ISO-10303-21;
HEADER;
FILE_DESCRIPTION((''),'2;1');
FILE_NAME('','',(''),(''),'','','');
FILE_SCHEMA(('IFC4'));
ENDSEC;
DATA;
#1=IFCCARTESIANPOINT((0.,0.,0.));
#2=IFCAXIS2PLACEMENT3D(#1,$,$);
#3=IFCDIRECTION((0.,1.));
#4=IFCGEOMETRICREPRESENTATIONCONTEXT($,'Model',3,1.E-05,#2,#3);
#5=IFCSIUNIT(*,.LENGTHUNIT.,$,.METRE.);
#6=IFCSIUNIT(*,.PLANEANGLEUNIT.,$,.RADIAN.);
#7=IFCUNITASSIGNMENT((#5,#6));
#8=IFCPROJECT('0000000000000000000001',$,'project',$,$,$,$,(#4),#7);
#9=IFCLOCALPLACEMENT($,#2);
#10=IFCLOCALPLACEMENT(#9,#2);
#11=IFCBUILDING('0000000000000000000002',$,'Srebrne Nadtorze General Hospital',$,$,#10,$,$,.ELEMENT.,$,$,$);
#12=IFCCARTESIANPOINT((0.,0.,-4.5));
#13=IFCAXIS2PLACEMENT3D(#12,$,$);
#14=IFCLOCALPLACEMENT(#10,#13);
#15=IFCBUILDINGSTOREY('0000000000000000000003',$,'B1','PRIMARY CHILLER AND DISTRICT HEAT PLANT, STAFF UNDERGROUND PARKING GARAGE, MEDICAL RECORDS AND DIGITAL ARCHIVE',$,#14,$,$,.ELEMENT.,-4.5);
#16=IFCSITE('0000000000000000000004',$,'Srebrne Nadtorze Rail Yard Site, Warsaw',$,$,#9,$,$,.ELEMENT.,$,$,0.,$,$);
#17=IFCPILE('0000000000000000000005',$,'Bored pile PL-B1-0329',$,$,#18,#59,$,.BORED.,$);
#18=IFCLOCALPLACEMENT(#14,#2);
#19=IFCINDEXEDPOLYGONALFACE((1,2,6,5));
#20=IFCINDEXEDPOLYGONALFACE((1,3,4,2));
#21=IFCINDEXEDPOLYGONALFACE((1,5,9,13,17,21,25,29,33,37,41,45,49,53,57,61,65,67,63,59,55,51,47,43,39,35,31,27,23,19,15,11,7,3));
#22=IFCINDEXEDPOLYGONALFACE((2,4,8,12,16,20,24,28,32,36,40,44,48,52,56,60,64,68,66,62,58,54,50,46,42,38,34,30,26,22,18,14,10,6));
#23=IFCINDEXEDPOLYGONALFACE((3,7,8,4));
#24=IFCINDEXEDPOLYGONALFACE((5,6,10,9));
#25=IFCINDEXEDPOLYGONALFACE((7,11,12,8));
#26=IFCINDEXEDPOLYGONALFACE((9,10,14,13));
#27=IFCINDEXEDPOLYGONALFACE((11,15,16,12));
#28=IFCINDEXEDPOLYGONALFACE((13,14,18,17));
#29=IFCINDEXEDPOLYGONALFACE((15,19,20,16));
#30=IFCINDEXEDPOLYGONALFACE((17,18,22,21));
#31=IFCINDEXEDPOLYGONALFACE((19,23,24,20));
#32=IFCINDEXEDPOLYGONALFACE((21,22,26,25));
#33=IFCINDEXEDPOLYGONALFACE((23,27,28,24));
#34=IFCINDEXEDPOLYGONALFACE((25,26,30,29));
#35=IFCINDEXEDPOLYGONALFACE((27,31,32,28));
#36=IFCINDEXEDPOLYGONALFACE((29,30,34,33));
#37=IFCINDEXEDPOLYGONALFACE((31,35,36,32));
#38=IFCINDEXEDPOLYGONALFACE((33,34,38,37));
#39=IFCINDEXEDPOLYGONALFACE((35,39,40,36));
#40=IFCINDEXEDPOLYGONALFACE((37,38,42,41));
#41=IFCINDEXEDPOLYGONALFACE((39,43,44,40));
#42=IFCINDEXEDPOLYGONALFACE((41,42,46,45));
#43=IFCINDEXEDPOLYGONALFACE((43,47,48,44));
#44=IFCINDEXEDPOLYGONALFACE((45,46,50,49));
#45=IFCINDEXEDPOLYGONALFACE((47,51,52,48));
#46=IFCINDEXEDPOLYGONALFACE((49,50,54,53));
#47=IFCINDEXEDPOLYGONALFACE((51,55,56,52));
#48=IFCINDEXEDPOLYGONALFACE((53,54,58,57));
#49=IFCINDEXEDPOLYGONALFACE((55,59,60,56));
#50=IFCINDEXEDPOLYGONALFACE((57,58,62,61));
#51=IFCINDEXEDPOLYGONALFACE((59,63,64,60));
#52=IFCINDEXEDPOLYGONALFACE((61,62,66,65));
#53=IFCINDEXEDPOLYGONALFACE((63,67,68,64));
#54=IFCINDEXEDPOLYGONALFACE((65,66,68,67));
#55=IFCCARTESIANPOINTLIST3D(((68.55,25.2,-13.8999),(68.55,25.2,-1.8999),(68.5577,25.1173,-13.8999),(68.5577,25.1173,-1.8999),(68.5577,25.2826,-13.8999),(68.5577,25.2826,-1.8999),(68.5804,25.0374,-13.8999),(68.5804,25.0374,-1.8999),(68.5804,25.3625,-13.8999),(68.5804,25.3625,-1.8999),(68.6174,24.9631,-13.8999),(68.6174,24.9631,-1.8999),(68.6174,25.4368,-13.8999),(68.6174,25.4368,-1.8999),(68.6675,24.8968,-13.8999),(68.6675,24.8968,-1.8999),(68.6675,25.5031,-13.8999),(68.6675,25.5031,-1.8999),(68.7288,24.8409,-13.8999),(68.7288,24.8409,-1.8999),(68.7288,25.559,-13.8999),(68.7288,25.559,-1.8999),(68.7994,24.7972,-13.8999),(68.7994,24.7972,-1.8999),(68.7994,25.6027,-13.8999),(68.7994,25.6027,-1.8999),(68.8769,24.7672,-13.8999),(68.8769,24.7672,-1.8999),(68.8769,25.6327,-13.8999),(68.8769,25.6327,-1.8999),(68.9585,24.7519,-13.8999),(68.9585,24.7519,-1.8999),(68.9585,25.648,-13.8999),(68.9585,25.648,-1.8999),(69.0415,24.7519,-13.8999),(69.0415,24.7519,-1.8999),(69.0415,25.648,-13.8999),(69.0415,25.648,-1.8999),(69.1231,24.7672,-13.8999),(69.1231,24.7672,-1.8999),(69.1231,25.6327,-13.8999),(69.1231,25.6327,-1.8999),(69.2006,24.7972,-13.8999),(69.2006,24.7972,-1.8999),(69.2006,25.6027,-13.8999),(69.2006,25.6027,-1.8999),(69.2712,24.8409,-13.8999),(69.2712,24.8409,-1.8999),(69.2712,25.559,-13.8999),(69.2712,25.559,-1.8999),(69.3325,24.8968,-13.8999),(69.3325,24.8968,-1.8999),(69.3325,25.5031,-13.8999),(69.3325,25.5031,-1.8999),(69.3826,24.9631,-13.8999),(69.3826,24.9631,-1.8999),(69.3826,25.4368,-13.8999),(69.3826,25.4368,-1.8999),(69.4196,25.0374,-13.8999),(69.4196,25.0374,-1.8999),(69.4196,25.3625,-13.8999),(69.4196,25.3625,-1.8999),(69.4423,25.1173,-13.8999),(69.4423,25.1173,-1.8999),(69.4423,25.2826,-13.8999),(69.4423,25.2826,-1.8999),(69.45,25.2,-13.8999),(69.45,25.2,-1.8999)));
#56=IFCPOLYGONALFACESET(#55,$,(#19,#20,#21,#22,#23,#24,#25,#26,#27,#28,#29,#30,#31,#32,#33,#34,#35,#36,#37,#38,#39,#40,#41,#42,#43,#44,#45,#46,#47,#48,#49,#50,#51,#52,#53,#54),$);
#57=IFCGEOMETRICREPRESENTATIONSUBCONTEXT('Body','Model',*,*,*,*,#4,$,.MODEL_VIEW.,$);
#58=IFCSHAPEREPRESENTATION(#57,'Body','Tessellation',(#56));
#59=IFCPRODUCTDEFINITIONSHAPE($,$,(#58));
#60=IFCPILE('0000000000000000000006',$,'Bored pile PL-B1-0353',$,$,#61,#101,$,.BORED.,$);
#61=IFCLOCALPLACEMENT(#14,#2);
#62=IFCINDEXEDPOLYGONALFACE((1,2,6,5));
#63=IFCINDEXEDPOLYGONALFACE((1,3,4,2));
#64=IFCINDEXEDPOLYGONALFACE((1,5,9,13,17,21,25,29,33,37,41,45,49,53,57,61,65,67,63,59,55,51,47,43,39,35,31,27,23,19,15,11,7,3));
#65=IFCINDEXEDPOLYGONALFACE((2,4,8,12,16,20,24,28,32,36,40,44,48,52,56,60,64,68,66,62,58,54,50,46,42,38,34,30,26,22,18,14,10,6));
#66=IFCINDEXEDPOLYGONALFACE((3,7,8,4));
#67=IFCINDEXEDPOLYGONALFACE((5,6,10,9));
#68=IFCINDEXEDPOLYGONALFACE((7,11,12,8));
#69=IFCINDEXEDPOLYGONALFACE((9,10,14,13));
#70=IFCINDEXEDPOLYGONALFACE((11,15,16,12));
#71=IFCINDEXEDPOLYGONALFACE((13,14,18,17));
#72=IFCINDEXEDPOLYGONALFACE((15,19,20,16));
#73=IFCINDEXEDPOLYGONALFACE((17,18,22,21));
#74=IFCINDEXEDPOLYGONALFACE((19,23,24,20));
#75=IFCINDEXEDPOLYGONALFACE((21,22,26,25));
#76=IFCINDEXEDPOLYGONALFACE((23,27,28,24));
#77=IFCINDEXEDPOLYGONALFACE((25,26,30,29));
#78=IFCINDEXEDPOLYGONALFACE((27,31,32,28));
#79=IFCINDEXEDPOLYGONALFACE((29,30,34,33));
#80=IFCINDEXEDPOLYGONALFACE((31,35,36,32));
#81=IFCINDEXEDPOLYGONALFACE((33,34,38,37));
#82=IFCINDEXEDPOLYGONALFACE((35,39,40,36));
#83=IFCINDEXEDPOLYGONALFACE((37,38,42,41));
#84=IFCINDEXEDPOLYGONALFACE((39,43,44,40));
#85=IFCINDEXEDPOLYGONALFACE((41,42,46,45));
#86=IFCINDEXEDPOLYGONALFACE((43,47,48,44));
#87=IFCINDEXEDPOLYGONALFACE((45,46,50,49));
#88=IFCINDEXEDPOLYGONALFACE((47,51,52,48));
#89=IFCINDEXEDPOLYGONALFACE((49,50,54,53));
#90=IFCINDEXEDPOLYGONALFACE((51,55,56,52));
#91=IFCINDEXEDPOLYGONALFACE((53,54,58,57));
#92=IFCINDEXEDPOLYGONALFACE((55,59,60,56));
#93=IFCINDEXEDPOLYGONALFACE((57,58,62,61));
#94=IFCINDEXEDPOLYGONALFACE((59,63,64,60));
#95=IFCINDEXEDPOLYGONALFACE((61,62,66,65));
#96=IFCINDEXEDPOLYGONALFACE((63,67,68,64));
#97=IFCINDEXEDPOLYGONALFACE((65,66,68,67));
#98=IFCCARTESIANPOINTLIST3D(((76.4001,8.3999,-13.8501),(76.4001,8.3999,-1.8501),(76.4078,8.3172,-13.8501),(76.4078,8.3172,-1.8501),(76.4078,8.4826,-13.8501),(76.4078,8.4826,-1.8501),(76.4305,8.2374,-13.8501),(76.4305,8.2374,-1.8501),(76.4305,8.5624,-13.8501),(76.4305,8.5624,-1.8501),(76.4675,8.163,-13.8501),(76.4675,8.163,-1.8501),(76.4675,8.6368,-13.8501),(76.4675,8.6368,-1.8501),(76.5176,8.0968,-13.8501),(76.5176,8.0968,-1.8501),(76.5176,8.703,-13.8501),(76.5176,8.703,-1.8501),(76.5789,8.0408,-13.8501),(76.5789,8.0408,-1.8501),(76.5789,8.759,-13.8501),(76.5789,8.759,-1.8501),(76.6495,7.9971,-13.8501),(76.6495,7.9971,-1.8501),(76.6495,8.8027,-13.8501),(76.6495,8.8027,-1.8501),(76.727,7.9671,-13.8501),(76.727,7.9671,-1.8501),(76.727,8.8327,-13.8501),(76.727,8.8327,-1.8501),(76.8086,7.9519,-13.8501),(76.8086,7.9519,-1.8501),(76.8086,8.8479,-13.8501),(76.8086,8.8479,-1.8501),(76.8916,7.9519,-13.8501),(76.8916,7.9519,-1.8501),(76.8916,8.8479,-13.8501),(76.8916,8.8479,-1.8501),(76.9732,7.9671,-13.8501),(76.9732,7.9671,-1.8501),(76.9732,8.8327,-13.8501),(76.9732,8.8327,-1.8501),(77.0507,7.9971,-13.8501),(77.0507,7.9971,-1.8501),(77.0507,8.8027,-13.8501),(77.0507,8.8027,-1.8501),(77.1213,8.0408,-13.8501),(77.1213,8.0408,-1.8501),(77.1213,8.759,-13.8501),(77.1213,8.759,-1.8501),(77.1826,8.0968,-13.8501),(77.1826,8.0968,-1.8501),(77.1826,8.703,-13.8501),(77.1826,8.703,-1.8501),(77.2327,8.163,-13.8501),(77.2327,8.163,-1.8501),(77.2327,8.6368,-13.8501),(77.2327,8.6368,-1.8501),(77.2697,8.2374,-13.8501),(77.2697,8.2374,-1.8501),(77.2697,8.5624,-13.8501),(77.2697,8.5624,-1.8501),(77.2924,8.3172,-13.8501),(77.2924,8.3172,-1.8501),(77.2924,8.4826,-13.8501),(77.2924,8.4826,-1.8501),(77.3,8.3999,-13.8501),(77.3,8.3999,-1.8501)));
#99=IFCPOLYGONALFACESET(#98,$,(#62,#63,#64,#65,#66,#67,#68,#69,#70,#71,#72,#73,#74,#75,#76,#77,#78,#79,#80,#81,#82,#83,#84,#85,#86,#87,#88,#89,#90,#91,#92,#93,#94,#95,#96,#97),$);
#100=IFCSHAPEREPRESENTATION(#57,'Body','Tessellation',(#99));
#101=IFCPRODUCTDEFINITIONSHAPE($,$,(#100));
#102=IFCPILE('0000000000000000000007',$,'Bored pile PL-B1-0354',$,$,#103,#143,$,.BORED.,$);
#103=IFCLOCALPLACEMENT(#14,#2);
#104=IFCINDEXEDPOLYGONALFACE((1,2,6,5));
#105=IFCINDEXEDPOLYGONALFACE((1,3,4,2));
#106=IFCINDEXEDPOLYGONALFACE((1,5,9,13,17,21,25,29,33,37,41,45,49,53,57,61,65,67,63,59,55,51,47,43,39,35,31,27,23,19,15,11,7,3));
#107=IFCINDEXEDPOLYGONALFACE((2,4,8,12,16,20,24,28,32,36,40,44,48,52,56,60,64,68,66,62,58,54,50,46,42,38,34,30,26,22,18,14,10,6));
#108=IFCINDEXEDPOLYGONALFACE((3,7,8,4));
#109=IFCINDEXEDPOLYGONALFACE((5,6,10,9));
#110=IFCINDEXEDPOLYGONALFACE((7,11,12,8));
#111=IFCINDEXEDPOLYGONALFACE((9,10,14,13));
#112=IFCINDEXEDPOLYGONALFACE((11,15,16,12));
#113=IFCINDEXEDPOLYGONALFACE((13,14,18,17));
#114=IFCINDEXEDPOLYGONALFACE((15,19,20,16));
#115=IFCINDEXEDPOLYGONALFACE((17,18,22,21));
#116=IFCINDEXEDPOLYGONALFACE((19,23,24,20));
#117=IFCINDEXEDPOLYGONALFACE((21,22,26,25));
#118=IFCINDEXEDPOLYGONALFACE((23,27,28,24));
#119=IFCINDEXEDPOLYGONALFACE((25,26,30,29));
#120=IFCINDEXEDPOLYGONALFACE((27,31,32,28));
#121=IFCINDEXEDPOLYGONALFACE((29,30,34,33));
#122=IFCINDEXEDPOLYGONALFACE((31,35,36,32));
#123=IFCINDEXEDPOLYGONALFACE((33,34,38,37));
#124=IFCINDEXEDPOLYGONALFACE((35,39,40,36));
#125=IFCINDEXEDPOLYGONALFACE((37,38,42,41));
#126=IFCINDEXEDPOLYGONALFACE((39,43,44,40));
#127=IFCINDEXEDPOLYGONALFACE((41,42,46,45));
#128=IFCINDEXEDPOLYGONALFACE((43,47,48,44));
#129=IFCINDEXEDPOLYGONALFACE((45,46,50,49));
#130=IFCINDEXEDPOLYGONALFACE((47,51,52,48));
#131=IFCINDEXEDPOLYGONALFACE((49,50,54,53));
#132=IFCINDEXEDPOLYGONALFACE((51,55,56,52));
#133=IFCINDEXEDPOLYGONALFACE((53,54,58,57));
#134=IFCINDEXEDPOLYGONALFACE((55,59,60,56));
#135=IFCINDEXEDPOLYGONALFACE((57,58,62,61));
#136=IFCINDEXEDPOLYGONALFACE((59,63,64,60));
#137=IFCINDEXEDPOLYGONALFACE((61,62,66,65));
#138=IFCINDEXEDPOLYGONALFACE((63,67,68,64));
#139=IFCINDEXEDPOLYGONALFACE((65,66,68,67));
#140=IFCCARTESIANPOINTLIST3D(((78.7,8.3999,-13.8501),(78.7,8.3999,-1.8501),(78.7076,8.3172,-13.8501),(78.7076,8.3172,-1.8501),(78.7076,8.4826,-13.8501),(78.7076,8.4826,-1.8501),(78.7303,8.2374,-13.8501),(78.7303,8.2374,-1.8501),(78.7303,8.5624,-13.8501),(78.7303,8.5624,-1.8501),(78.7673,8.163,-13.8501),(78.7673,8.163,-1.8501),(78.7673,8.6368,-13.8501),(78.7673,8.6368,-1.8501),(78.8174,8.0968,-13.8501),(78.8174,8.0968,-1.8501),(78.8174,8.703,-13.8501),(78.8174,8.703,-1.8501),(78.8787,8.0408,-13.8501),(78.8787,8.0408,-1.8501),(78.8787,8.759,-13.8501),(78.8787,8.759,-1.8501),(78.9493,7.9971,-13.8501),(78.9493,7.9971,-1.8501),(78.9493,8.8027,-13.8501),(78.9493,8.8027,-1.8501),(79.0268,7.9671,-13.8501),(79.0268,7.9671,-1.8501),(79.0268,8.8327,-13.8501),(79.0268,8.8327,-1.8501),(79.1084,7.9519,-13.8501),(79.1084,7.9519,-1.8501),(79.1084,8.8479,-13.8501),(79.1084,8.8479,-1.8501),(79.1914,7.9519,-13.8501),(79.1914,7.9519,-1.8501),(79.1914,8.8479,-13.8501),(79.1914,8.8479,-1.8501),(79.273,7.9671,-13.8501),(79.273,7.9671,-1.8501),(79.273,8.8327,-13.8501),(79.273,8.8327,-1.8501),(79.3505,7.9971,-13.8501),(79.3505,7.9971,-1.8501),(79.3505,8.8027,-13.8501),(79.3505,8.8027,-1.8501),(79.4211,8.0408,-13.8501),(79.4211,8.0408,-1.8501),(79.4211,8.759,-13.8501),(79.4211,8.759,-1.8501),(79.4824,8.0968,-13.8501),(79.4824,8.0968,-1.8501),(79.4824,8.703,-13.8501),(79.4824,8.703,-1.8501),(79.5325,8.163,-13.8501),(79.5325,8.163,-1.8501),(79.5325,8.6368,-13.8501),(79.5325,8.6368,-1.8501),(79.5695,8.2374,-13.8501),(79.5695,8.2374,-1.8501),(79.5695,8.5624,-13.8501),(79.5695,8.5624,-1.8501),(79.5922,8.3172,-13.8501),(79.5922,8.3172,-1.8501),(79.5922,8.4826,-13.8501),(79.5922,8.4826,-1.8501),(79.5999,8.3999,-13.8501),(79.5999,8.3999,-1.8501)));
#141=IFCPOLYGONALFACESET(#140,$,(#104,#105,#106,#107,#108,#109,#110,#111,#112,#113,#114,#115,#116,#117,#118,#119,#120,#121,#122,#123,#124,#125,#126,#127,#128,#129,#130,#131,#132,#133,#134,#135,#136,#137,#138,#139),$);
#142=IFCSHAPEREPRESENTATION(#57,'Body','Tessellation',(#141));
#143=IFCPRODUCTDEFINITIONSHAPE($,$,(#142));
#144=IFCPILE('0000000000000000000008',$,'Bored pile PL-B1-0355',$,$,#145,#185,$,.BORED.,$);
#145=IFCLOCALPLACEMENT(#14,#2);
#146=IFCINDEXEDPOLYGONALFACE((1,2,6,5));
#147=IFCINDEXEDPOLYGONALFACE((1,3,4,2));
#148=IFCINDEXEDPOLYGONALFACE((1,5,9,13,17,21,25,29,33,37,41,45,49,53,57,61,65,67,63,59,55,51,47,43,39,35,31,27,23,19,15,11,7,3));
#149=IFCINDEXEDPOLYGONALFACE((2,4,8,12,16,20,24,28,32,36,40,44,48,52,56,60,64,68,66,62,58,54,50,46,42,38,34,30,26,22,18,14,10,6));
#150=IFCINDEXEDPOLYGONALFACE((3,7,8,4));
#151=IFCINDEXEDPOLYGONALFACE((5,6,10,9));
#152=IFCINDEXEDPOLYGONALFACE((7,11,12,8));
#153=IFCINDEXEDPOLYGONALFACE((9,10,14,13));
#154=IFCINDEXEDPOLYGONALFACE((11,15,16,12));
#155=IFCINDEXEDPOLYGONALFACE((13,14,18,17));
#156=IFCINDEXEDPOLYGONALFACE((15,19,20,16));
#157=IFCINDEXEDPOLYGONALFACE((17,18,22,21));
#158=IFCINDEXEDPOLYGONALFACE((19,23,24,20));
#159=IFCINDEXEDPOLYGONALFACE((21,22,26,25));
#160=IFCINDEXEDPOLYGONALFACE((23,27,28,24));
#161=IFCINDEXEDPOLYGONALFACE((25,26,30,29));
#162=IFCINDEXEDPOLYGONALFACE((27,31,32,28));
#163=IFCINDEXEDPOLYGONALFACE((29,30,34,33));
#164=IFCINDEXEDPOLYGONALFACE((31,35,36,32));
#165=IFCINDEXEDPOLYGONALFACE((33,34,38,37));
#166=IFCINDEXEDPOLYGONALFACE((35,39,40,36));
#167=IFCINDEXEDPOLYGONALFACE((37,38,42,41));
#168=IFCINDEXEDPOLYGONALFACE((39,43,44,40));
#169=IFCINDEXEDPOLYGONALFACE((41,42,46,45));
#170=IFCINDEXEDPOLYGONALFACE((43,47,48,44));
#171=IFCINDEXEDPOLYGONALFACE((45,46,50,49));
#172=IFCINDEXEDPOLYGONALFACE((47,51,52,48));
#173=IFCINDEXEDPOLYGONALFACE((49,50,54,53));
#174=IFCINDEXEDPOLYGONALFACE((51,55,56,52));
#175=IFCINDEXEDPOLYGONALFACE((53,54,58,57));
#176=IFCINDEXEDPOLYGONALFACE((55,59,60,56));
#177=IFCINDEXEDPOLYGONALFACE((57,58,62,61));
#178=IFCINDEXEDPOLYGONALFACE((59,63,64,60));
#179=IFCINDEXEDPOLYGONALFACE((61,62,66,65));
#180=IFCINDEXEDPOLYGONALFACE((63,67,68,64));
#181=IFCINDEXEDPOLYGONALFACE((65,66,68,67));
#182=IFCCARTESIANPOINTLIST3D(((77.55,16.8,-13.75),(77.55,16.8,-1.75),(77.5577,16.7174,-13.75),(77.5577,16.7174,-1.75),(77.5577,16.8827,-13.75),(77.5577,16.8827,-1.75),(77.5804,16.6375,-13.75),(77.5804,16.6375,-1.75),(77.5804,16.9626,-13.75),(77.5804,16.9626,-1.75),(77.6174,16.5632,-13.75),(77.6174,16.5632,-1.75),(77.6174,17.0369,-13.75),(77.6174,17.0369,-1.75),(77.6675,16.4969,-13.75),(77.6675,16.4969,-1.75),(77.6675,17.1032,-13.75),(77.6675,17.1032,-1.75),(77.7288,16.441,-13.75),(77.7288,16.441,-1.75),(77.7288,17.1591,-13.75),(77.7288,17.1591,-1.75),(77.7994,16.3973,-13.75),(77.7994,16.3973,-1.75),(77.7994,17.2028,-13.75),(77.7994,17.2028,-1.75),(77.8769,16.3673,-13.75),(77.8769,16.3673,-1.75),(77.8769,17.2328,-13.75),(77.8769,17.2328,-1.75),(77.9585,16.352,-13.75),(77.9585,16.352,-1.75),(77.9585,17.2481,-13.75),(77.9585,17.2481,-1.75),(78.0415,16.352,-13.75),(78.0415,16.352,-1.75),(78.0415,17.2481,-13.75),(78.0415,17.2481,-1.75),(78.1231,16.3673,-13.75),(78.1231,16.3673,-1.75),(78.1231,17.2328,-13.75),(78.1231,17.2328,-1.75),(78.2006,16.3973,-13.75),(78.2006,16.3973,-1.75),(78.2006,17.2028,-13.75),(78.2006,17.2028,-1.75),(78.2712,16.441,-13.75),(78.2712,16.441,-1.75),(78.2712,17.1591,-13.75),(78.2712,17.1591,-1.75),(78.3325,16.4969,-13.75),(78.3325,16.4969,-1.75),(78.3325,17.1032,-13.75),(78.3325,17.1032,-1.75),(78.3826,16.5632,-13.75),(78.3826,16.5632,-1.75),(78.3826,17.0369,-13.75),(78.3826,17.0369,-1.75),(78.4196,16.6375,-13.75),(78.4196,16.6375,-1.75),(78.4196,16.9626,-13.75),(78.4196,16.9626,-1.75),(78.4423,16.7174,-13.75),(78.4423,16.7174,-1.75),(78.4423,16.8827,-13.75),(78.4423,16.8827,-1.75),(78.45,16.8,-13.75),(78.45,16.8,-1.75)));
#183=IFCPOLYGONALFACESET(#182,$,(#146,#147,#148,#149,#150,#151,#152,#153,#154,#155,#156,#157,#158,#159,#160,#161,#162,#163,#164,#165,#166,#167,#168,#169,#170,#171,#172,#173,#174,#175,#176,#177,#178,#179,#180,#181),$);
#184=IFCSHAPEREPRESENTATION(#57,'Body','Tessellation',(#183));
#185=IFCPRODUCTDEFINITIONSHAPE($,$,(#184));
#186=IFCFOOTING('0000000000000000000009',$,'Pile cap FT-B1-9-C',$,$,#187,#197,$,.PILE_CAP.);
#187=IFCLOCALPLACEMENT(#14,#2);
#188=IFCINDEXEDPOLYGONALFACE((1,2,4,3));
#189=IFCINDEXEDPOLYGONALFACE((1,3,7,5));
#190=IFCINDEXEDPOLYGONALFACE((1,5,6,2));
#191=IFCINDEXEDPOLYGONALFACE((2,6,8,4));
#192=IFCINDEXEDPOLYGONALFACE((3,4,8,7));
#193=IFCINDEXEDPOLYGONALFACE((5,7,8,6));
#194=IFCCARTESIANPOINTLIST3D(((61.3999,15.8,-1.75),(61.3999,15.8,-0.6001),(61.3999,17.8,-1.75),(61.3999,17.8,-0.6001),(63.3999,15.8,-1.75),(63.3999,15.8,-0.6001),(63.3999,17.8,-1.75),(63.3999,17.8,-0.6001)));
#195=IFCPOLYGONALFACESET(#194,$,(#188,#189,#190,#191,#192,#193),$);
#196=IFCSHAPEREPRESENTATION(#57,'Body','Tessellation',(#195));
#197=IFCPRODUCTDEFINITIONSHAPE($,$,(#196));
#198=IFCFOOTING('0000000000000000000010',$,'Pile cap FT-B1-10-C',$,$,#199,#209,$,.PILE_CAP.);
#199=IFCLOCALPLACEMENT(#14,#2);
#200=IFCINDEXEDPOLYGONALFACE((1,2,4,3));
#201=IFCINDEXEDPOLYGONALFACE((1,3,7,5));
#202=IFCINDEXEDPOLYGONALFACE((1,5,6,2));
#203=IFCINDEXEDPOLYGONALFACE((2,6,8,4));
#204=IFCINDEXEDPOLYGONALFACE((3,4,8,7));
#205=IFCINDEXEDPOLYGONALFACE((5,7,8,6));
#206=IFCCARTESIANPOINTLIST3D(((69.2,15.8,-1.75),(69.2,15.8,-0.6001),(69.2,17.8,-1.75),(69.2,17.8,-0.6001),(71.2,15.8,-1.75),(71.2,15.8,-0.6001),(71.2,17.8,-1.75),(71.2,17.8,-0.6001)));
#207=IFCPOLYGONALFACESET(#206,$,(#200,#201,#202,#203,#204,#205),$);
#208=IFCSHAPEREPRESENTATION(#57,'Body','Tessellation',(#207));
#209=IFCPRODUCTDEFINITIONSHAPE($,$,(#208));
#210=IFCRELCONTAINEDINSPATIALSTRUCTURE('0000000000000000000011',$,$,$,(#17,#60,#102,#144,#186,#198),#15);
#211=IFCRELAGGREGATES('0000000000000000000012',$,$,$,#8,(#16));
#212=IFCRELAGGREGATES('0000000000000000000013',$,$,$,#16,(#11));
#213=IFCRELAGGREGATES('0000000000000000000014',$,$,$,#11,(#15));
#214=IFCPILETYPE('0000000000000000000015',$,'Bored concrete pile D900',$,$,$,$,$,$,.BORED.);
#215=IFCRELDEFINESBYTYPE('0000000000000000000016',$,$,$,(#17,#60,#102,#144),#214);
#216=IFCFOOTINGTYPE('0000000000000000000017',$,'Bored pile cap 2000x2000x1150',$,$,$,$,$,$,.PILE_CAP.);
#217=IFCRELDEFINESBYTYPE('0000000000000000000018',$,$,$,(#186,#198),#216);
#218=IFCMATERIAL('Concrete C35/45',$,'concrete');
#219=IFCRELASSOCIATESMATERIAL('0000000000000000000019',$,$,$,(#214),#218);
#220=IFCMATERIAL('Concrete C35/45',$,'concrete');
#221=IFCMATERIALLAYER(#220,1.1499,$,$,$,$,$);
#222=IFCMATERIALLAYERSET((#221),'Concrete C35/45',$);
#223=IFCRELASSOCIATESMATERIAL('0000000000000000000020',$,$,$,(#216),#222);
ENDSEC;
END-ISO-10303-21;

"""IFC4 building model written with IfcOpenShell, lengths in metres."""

from ifc_helpers import new_model, si_unit, direction, frame, origin, origin_2d, place, context, subcontext, project, spatial, rectangle, circle, extrude, material, layer, layer_set, material_profile, profile_set, type_object, element, save


model = new_model("IFC4")

# Units and contexts
model_context = context("Model", 3, precision=1e-05, world=origin(), true_north=direction((0.0, 1.0)))
body_context = subcontext(model_context, "Body", "Model", "MODEL_VIEW")
ifc_project = project(units=[si_unit("LENGTHUNIT", "METRE"), si_unit("PLANEANGLEUNIT", "RADIAN")], contexts=[model_context])

# Site, building, storey
site_placement = place(None, origin())
site = spatial("IfcSite", under=ifc_project, at=site_placement, Name="Srebrne Nadtorze Rail Yard Site, Warsaw", CompositionType="ELEMENT", RefElevation=0.0)
building_placement = place(site_placement, origin())
building = spatial("IfcBuilding", under=site, at=building_placement, Name="Srebrne Nadtorze General Hospital", CompositionType="ELEMENT")
storey_placement = place(building_placement, frame((0.0, 0.0, -4.5)))
storey = spatial("IfcBuildingStorey", under=building, at=storey_placement, Name="B1", Description="PRIMARY CHILLER AND DISTRICT HEAT PLANT, STAFF UNDERGROUND PARKING GARAGE, MEDICAL RECORDS AND DIGITAL ARCHIVE", CompositionType="ELEMENT", Elevation=-4.5)

# Piles
ifc_material_1 = material(Name="Concrete C35/45", Category="concrete")
ifc_material_profile_1 = material_profile(ifc_material_1, circle(Radius=0.45, at=origin_2d()), Name="PILE-D900")
ifc_profile_set_1 = profile_set([ifc_material_profile_1], Name="Concrete C35/45")
pile_type = type_object("IfcPileType", Name="Bored concrete pile D900", PredefinedType="BORED", material=ifc_profile_set_1)
for number, where, z_axis, x_axis, name in (
    (1, (69.0, 25.2, -1.8999), (0.0, 0.0, -1.0), (1.0, 0.0, 0.0), "Bored pile PL-B1-0329"),
    (2, (76.8501, 8.3999, -1.8501), (0.0, 0.0, -1.0), (1.0, 0.0, 0.0), "Bored pile PL-B1-0353"),
    (3, (79.1499, 8.3999, -1.8501), (0.0, 0.0, -1.0), (1.0, 0.0, 0.0), "Bored pile PL-B1-0354"),
    (4, (78.0, 16.8, -1.75), (0.0, 0.0, -1.0), (1.0, 0.0, 0.0), "Bored pile PL-B1-0355"),
):
    element("IfcPile", number, at=place(storey_placement, frame(where, z_axis=z_axis, x_axis=x_axis)), inside=storey, type_object=pile_type, Name=name, PredefinedType="BORED", context=body_context, shape_type="SweptSolid", body=[
        extrude(circle(Radius=0.45, at=origin_2d()), origin(), (0.0, 0.0, 1.0), 12.0),
    ])

# Footings
ifc_material_2 = material(Name="Concrete C35/45", Category="concrete")
ifc_layer_1 = layer(ifc_material_2, 1.1499)
ifc_layer_set_1 = layer_set([ifc_layer_1], Name="Concrete C35/45")
footing_type_1 = type_object("IfcFootingType", Name="Bored pile cap 2000x2000x1150", PredefinedType="PILE_CAP", material=ifc_layer_set_1)
for number, where, z_axis, x_axis, name in (
    (5, (62.3999, 16.8, -1.75), (0.0, 0.0, 1.0), (1.0, 0.0, 0.0), "Pile cap FT-B1-9-C"),
    (6, (70.2, 16.8, -1.75), (0.0, 0.0, 1.0), (1.0, 0.0, 0.0), "Pile cap FT-B1-10-C"),
):
    element("IfcFooting", number, at=place(storey_placement, frame(where, z_axis=z_axis, x_axis=x_axis)), inside=storey, type_object=footing_type_1, Name=name, PredefinedType="PILE_CAP", context=body_context, shape_type="SweptSolid", body=[
        extrude(rectangle(XDim=2.0, YDim=2.0, at=origin_2d()), origin(), (0.0, 0.0, 1.0), 1.1499),
    ])

save(model, "model.ifc")
